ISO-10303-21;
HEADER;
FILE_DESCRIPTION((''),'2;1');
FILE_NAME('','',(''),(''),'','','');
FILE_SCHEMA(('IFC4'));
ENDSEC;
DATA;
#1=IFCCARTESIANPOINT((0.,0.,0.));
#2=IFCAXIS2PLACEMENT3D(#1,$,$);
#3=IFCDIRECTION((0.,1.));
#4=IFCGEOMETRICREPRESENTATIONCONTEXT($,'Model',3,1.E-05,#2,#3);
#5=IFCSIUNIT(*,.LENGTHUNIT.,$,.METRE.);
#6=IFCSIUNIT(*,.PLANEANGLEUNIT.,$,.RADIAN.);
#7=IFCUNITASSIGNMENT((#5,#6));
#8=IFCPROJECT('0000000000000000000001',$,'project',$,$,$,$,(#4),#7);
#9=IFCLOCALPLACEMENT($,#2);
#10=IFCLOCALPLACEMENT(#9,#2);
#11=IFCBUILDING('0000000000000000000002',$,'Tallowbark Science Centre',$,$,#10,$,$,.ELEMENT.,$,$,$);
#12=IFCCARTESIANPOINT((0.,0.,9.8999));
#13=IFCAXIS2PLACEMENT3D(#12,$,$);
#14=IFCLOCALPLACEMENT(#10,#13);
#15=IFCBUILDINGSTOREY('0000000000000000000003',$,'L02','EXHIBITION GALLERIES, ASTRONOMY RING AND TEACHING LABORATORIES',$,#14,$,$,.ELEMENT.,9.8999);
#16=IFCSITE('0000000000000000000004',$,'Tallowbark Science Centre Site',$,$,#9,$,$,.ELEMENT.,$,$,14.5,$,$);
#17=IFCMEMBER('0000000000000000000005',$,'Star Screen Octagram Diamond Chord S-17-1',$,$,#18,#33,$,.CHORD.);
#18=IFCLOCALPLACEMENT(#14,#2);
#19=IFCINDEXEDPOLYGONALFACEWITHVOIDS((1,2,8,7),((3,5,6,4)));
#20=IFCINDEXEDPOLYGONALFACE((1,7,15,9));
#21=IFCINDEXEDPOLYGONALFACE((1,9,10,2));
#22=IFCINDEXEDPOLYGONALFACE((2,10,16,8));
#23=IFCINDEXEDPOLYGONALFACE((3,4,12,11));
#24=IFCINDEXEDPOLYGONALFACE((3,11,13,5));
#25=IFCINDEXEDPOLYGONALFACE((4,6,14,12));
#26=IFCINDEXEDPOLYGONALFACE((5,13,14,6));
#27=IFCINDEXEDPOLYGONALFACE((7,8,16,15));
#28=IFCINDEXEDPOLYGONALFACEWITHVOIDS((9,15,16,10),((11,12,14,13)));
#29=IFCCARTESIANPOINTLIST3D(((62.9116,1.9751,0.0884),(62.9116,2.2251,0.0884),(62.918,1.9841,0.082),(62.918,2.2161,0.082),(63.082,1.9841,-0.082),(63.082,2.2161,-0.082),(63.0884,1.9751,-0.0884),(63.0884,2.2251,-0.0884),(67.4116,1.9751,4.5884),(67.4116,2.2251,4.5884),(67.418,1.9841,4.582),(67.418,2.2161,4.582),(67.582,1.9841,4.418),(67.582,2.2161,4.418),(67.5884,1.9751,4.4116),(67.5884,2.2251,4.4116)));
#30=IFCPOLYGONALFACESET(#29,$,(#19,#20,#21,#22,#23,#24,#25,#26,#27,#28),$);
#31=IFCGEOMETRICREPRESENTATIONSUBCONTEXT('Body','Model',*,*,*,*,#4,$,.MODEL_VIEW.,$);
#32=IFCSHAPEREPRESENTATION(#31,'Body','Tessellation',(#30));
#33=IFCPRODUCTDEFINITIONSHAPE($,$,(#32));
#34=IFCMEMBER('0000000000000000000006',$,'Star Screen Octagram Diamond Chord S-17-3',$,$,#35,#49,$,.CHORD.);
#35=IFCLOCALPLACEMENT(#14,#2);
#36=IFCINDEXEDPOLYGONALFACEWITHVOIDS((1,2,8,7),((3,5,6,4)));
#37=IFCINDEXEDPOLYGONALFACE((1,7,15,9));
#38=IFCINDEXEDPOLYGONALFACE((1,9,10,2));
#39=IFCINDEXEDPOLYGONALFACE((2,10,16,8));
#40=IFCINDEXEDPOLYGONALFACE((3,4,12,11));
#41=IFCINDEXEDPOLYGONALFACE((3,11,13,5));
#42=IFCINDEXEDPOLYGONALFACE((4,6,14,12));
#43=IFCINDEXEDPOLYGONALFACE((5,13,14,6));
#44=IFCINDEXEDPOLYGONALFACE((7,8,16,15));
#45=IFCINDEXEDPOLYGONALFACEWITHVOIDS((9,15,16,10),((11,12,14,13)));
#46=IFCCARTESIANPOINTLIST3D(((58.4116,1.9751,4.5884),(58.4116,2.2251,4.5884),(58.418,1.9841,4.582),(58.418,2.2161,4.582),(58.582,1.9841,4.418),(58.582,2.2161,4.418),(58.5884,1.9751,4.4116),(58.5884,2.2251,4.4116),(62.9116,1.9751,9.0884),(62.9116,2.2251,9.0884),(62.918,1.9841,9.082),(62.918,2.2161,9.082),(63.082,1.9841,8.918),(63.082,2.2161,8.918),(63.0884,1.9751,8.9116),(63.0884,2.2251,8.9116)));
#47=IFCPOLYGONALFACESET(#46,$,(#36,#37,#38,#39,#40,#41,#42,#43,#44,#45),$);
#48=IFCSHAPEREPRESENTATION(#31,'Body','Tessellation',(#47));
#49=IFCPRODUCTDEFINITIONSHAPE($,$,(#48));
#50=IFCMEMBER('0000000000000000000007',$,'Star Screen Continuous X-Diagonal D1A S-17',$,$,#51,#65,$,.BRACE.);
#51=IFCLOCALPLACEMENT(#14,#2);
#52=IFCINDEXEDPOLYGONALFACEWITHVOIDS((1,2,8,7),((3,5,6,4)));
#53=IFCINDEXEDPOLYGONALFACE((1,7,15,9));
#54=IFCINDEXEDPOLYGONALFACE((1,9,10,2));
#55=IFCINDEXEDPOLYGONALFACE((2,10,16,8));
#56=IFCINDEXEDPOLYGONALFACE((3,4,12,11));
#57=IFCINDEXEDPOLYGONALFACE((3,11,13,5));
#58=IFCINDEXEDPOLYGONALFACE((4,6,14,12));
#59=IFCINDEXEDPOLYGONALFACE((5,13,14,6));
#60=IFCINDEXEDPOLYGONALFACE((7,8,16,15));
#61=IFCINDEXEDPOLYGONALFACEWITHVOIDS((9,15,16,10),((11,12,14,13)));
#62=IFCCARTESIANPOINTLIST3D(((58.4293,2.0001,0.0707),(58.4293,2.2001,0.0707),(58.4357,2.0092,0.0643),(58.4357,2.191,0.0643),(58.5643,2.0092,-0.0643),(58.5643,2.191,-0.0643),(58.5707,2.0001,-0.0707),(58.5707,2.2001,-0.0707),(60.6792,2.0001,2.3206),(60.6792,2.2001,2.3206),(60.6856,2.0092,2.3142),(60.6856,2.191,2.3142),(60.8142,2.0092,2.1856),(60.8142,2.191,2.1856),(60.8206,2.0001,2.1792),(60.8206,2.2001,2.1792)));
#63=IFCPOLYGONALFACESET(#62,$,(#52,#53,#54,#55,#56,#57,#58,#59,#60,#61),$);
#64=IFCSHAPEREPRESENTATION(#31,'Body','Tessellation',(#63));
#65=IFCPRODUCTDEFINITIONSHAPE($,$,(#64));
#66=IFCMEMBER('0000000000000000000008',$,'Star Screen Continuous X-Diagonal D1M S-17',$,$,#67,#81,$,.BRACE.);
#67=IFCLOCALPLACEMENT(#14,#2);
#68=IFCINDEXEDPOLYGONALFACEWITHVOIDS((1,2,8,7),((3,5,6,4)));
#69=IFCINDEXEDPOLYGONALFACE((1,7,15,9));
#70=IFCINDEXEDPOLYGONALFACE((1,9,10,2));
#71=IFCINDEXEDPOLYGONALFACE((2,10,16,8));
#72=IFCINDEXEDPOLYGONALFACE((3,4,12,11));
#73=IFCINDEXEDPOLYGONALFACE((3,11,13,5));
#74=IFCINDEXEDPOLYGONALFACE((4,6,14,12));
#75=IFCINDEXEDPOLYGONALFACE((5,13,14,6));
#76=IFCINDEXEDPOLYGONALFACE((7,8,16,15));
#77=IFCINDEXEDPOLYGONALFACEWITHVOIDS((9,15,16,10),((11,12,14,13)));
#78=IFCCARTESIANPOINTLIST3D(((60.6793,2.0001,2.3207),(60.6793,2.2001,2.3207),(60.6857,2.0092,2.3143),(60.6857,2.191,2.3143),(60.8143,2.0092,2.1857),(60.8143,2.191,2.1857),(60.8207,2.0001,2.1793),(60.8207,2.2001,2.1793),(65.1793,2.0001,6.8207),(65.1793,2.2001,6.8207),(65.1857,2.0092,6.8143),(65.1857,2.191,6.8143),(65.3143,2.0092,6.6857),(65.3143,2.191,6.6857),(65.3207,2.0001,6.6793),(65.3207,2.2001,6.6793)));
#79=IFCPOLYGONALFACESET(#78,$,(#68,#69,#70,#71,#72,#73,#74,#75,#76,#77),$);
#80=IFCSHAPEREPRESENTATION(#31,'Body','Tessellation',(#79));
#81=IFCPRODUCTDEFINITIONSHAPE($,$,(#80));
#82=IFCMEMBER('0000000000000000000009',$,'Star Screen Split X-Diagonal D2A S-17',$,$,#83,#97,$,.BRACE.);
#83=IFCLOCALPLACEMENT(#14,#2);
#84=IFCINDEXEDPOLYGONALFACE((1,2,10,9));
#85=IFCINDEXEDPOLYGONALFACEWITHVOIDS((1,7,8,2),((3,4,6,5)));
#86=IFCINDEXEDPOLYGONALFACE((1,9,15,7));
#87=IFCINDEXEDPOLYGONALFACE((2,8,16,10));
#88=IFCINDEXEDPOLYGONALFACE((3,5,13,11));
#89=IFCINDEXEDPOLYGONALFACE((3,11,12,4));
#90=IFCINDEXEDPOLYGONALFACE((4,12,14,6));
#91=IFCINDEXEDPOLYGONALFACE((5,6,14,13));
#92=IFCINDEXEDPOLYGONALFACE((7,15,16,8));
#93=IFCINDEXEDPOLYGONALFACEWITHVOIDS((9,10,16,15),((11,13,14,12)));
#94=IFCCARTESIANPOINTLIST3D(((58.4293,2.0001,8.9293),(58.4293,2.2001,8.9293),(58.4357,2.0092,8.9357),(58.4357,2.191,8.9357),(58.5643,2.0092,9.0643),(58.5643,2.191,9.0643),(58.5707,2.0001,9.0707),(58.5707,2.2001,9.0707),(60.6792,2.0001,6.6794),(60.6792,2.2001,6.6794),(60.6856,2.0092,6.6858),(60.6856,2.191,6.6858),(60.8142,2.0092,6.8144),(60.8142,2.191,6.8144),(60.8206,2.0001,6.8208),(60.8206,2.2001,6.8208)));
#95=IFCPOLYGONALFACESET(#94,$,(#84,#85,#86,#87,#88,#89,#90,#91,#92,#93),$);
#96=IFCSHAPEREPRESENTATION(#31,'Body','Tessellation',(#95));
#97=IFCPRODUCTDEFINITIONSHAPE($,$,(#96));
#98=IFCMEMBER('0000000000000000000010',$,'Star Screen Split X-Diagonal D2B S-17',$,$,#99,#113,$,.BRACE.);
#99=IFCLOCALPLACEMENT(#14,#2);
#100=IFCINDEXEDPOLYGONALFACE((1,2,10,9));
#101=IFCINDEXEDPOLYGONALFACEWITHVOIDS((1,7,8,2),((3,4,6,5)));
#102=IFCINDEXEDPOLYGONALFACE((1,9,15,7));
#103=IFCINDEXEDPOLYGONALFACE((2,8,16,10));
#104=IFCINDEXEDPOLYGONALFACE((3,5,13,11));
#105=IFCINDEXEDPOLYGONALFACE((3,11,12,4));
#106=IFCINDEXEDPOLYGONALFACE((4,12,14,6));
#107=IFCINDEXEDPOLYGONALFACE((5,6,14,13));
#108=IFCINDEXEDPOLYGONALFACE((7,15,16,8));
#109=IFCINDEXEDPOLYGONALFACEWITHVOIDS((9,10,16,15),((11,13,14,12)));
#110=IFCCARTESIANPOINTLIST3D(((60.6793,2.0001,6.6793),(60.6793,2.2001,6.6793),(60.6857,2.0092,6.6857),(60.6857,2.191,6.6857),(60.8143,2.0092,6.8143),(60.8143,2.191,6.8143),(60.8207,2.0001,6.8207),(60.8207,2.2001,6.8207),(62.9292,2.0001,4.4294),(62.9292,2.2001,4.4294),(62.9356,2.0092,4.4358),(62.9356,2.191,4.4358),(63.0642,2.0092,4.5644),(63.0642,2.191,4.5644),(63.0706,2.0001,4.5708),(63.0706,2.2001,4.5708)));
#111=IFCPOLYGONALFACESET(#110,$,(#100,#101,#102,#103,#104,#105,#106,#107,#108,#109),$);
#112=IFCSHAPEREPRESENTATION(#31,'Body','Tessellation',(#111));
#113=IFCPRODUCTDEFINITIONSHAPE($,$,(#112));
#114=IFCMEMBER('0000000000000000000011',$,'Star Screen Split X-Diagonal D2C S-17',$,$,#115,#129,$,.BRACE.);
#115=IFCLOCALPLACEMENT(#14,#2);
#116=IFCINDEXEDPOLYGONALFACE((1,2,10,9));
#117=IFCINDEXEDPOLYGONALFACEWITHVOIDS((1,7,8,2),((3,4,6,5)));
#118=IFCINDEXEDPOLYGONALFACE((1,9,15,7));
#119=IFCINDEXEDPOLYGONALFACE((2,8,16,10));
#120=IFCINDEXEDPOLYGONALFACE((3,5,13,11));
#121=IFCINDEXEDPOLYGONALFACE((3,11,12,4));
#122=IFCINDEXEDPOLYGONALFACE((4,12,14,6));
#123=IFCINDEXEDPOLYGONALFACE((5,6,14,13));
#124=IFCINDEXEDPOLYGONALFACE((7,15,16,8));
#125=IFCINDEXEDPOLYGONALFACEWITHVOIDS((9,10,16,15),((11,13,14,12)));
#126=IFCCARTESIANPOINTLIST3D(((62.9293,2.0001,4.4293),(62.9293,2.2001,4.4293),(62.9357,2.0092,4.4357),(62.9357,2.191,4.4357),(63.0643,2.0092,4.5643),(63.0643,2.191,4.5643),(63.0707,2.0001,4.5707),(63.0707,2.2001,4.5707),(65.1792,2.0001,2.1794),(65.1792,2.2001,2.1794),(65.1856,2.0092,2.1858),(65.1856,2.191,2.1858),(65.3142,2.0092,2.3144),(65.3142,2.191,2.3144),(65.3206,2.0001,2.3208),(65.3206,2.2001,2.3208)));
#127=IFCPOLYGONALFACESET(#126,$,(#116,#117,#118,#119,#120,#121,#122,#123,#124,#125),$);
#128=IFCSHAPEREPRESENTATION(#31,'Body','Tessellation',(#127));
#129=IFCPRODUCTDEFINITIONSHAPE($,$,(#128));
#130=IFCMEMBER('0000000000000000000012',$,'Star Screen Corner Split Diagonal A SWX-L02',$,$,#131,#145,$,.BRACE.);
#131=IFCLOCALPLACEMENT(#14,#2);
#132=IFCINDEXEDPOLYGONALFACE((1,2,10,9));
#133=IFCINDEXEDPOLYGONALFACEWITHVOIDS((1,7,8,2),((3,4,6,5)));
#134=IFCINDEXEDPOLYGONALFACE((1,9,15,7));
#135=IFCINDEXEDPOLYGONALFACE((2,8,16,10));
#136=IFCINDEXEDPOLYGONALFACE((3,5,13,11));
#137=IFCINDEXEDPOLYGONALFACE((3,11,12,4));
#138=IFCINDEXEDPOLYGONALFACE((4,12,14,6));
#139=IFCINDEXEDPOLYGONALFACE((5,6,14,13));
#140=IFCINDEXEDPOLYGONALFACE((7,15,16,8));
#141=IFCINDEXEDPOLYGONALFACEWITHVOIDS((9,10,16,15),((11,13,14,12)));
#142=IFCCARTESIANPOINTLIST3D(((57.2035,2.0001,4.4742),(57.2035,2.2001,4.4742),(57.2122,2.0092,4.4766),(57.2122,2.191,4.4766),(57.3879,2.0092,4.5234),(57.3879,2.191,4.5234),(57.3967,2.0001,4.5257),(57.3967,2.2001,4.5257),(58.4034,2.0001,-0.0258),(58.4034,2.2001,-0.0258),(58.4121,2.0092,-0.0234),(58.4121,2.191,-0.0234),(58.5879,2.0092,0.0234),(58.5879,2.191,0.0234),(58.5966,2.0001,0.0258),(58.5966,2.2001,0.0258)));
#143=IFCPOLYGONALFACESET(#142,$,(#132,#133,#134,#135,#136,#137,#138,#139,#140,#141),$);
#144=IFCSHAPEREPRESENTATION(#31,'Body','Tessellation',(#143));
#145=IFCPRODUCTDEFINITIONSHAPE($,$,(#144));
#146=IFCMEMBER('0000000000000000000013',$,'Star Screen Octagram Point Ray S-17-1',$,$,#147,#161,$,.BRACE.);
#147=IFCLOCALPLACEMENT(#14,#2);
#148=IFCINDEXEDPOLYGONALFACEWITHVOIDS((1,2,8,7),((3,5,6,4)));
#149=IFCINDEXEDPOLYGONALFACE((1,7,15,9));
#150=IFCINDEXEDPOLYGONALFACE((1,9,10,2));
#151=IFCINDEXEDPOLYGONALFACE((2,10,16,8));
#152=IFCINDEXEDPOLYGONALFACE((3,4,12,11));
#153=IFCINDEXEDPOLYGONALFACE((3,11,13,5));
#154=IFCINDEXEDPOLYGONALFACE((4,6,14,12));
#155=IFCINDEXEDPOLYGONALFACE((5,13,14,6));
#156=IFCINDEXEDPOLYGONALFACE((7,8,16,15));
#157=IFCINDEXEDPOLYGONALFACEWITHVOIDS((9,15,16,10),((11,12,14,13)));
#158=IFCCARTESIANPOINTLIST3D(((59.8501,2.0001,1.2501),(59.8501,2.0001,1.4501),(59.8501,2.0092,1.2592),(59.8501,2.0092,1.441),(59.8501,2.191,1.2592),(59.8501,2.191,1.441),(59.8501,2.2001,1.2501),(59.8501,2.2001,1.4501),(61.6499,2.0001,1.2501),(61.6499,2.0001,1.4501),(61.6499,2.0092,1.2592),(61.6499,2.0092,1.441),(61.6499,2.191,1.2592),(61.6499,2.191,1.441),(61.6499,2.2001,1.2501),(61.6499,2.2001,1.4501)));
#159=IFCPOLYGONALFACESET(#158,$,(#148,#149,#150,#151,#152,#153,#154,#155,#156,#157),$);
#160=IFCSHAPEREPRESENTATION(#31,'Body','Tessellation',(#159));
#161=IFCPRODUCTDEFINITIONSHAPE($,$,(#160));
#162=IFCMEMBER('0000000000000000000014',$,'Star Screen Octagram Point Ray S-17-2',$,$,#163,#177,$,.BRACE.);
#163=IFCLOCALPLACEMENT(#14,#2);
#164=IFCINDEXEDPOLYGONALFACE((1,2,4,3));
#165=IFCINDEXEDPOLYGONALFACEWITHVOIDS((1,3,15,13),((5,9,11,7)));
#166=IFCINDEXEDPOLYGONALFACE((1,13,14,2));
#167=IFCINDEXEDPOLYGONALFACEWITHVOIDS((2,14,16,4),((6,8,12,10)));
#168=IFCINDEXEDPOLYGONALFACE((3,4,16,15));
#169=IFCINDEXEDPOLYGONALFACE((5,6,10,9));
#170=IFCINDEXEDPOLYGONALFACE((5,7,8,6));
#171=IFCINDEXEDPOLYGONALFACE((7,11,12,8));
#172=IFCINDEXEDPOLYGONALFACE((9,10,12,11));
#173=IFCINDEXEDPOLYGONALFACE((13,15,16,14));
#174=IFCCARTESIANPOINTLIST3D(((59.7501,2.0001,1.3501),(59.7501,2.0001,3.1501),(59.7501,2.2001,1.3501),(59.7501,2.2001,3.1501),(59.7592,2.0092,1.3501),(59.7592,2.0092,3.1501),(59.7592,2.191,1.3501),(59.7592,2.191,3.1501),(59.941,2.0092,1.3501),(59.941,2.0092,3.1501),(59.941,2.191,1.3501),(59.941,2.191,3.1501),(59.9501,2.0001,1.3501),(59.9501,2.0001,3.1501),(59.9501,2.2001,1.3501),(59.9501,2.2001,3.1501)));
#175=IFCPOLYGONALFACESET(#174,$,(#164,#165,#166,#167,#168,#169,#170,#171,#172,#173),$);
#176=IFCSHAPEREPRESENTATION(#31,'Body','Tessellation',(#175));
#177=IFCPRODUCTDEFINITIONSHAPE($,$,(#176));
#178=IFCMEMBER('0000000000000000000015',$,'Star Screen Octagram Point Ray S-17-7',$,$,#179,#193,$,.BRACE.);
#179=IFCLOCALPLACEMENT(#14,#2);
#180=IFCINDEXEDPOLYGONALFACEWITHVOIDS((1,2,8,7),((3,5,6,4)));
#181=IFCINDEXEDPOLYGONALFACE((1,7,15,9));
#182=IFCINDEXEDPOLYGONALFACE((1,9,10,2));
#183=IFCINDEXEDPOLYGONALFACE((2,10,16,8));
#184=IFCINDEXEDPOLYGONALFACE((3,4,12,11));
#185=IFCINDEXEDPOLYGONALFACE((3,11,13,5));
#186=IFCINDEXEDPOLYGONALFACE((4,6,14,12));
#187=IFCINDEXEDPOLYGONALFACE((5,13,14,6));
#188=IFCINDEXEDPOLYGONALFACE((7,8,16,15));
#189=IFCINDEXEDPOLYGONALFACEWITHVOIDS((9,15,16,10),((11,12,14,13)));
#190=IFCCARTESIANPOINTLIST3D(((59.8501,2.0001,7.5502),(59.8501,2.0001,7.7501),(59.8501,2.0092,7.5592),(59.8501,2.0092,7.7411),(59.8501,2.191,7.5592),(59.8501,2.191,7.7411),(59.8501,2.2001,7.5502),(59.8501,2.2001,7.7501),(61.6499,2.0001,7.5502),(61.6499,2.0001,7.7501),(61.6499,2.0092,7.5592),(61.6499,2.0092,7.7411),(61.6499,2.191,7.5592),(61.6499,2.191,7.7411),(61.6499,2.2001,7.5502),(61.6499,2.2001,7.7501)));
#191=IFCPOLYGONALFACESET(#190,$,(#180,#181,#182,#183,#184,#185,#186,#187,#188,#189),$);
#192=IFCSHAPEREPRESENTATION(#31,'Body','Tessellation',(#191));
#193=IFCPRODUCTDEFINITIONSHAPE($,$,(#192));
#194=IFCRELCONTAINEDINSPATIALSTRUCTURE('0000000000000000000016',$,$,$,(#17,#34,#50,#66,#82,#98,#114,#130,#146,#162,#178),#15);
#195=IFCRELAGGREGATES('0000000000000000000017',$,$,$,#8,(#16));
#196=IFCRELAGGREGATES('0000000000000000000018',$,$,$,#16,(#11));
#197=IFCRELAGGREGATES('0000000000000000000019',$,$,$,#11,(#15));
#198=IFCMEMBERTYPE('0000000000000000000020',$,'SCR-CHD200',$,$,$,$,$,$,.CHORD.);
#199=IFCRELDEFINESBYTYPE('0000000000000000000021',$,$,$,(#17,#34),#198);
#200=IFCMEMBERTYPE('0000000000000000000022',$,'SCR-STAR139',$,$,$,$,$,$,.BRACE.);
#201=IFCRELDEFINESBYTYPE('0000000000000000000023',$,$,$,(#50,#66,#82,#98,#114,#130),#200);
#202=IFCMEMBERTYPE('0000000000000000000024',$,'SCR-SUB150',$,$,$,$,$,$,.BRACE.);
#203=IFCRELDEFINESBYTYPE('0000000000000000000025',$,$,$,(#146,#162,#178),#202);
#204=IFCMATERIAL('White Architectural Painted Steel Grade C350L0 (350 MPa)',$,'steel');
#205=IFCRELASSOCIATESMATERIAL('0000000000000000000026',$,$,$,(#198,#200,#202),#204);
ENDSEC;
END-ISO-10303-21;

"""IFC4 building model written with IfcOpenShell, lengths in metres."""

from ifc_helpers import new_model, si_unit, direction, frame, origin, origin_2d, place, context, subcontext, project, spatial, hollow_rectangle, extrude, material, material_profile, profile_set, type_object, element, save


model = new_model("IFC4")

# Units and contexts
model_context = context("Model", 3, precision=1e-05, world=origin(), true_north=direction((0.0, 1.0)))
body_context = subcontext(model_context, "Body", "Model", "MODEL_VIEW")
ifc_project = project(units=[si_unit("LENGTHUNIT", "METRE"), si_unit("PLANEANGLEUNIT", "RADIAN")], contexts=[model_context])

# Site, building, storey
site_placement = place(None, origin())
site = spatial("IfcSite", under=ifc_project, at=site_placement, Name="Tallowbark Science Centre Site", CompositionType="ELEMENT", RefElevation=14.5)
building_placement = place(site_placement, origin())
building = spatial("IfcBuilding", under=site, at=building_placement, Name="Tallowbark Science Centre", CompositionType="ELEMENT")
storey_placement = place(building_placement, frame((0.0, 0.0, 9.8999)))
storey = spatial("IfcBuildingStorey", under=building, at=storey_placement, Name="L02", Description="EXHIBITION GALLERIES, ASTRONOMY RING AND TEACHING LABORATORIES", CompositionType="ELEMENT", Elevation=9.8999)

# Shared definitions
ifc_material_1 = material(Name="White Architectural Painted Steel Grade C350L0 (350 MPa)", Category="steel")

# Members
ifc_material_profile_1 = material_profile(ifc_material_1, hollow_rectangle(XDim=0.25, YDim=0.25, WallThickness=0.009, at=origin_2d()), Name="250x250x9.0SHS")
ifc_profile_set_1 = profile_set([ifc_material_profile_1], Name="White Architectural Painted Steel Grade C350L0 (350 MPa)")
member_type_1 = type_object("IfcMemberType", Name="SCR-CHD200", PredefinedType="CHORD", material=ifc_profile_set_1)
for number, where, z_axis, x_axis, name in (
    (1, (63.0, 2.1001, 0.0), (0.707107, 0.0, 0.707107), (0.0, 1.0, 0.0), "Star Screen Octagram Diamond Chord S-17-1"),
    (2, (63.0, 2.1001, 9.0), (-0.707107, 0.0, -0.707107), (0.0, -1.0, 0.0), "Star Screen Octagram Diamond Chord S-17-3"),
):
    element("IfcMember", number, at=place(storey_placement, frame(where, z_axis=z_axis, x_axis=x_axis)), inside=storey, type_object=member_type_1, Name=name, PredefinedType="CHORD", context=body_context, shape_type="SweptSolid", body=[
        extrude(hollow_rectangle(XDim=0.25, YDim=0.25, WallThickness=0.009, at=origin_2d()), origin(), (0.0, 0.0, 1.0), 6.364),
    ])
ifc_material_profile_2 = material_profile(ifc_material_1, hollow_rectangle(XDim=0.2, YDim=0.2, WallThickness=0.009, at=origin_2d()), Name="200x200x9.0SHS")
ifc_profile_set_2 = profile_set([ifc_material_profile_2], Name="White Architectural Painted Steel Grade C350L0 (350 MPa)")
member_type_2 = type_object("IfcMemberType", Name="SCR-STAR139", PredefinedType="BRACE", material=ifc_profile_set_2)
member_1_placement = place(storey_placement, frame((58.5, 2.1001, 0.0), z_axis=(0.707107, 0.0, 0.707107), x_axis=(0.0, 1.0, 0.0)))
element("IfcMember", 3, at=member_1_placement, inside=storey, type_object=member_type_2, Name="Star Screen Continuous X-Diagonal D1A S-17", PredefinedType="BRACE", context=body_context, shape_type="SweptSolid", body=[
    extrude(hollow_rectangle(XDim=0.2, YDim=0.2, WallThickness=0.009, at=origin_2d()), origin(), (0.0, 0.0, 1.0), 3.1819),
])
member_2_placement = place(storey_placement, frame((60.75, 2.1001, 2.25), z_axis=(0.707107, 0.0, 0.707107), x_axis=(0.0, 1.0, 0.0)))
element("IfcMember", 4, at=member_2_placement, inside=storey, type_object=member_type_2, Name="Star Screen Continuous X-Diagonal D1M S-17", PredefinedType="BRACE", context=body_context, shape_type="SweptSolid", body=[
    extrude(hollow_rectangle(XDim=0.2, YDim=0.2, WallThickness=0.009, at=origin_2d()), origin(), (0.0, 0.0, 1.0), 6.364),
])
for number, where, z_axis, x_axis, name in (
    (5, (58.5, 2.1001, 9.0), (0.707107, 0.0, -0.707107), (0.0, 1.0, 0.0), "Star Screen Split X-Diagonal D2A S-17"),
    (6, (60.75, 2.1001, 6.75), (0.707107, 0.0, -0.707107), (0.0, 1.0, 0.0), "Star Screen Split X-Diagonal D2B S-17"),
    (7, (63.0, 2.1001, 4.5), (0.707107, 0.0, -0.707107), (0.0, 1.0, 0.0), "Star Screen Split X-Diagonal D2C S-17"),
):
    element("IfcMember", number, at=place(storey_placement, frame(where, z_axis=z_axis, x_axis=x_axis)), inside=storey, type_object=member_type_2, Name=name, PredefinedType="BRACE", context=body_context, shape_type="SweptSolid", body=[
        extrude(hollow_rectangle(XDim=0.2, YDim=0.2, WallThickness=0.009, at=origin_2d()), origin(), (0.0, 0.0, 1.0), 3.1819),
    ])
member_3_placement = place(storey_placement, frame((58.5, 2.1001, 0.0), z_axis=(-0.257653, 0.0, 0.966238), x_axis=(0.0, -1.0, 0.0)))
element("IfcMember", 8, at=member_3_placement, inside=storey, type_object=member_type_2, Name="Star Screen Corner Split Diagonal A SWX-L02", PredefinedType="BRACE", context=body_context, shape_type="SweptSolid", body=[
    extrude(hollow_rectangle(XDim=0.2, YDim=0.2, WallThickness=0.009, at=origin_2d()), origin(), (0.0, 0.0, 1.0), 4.6572),
])
ifc_material_profile_3 = material_profile(ifc_material_1, hollow_rectangle(XDim=0.2, YDim=0.2, WallThickness=0.009, at=origin_2d()), Name="200x200x9.0SHS")
ifc_profile_set_3 = profile_set([ifc_material_profile_3], Name="White Architectural Painted Steel Grade C350L0 (350 MPa)")
member_type_3 = type_object("IfcMemberType", Name="SCR-SUB150", PredefinedType="BRACE", material=ifc_profile_set_3)
member_4_placement = place(storey_placement, frame((59.8501, 2.1001, 1.3501), z_axis=(1.0, 0.0, 0.0), x_axis=(0.0, 1.0, 0.0)))
element("IfcMember", 9, at=member_4_placement, inside=storey, type_object=member_type_3, Name="Star Screen Octagram Point Ray S-17-1", PredefinedType="BRACE", context=body_context, shape_type="SweptSolid", body=[
    extrude(hollow_rectangle(XDim=0.2, YDim=0.2, WallThickness=0.009, at=origin_2d()), origin(), (0.0, 0.0, 1.0), 1.7998),
])
member_5_placement = place(storey_placement, frame((59.8501, 2.1001, 1.3501), z_axis=(0.0, 0.0, 1.0), x_axis=(1.0, 0.0, 0.0)))
element("IfcMember", 10, at=member_5_placement, inside=storey, type_object=member_type_3, Name="Star Screen Octagram Point Ray S-17-2", PredefinedType="BRACE", context=body_context, shape_type="SweptSolid", body=[
    extrude(hollow_rectangle(XDim=0.2, YDim=0.2, WallThickness=0.009, at=origin_2d()), origin(), (0.0, 0.0, 1.0), 1.8),
])
member_6_placement = place(storey_placement, frame((59.8501, 2.1001, 7.6501), z_axis=(1.0, 0.0, 0.0), x_axis=(0.0, 1.0, 0.0)))
element("IfcMember", 11, at=member_6_placement, inside=storey, type_object=member_type_3, Name="Star Screen Octagram Point Ray S-17-7", PredefinedType="BRACE", context=body_context, shape_type="SweptSolid", body=[
    extrude(hollow_rectangle(XDim=0.2, YDim=0.2, WallThickness=0.009, at=origin_2d()), origin(), (0.0, 0.0, 1.0), 1.7998),
])

save(model, "model.ifc")
